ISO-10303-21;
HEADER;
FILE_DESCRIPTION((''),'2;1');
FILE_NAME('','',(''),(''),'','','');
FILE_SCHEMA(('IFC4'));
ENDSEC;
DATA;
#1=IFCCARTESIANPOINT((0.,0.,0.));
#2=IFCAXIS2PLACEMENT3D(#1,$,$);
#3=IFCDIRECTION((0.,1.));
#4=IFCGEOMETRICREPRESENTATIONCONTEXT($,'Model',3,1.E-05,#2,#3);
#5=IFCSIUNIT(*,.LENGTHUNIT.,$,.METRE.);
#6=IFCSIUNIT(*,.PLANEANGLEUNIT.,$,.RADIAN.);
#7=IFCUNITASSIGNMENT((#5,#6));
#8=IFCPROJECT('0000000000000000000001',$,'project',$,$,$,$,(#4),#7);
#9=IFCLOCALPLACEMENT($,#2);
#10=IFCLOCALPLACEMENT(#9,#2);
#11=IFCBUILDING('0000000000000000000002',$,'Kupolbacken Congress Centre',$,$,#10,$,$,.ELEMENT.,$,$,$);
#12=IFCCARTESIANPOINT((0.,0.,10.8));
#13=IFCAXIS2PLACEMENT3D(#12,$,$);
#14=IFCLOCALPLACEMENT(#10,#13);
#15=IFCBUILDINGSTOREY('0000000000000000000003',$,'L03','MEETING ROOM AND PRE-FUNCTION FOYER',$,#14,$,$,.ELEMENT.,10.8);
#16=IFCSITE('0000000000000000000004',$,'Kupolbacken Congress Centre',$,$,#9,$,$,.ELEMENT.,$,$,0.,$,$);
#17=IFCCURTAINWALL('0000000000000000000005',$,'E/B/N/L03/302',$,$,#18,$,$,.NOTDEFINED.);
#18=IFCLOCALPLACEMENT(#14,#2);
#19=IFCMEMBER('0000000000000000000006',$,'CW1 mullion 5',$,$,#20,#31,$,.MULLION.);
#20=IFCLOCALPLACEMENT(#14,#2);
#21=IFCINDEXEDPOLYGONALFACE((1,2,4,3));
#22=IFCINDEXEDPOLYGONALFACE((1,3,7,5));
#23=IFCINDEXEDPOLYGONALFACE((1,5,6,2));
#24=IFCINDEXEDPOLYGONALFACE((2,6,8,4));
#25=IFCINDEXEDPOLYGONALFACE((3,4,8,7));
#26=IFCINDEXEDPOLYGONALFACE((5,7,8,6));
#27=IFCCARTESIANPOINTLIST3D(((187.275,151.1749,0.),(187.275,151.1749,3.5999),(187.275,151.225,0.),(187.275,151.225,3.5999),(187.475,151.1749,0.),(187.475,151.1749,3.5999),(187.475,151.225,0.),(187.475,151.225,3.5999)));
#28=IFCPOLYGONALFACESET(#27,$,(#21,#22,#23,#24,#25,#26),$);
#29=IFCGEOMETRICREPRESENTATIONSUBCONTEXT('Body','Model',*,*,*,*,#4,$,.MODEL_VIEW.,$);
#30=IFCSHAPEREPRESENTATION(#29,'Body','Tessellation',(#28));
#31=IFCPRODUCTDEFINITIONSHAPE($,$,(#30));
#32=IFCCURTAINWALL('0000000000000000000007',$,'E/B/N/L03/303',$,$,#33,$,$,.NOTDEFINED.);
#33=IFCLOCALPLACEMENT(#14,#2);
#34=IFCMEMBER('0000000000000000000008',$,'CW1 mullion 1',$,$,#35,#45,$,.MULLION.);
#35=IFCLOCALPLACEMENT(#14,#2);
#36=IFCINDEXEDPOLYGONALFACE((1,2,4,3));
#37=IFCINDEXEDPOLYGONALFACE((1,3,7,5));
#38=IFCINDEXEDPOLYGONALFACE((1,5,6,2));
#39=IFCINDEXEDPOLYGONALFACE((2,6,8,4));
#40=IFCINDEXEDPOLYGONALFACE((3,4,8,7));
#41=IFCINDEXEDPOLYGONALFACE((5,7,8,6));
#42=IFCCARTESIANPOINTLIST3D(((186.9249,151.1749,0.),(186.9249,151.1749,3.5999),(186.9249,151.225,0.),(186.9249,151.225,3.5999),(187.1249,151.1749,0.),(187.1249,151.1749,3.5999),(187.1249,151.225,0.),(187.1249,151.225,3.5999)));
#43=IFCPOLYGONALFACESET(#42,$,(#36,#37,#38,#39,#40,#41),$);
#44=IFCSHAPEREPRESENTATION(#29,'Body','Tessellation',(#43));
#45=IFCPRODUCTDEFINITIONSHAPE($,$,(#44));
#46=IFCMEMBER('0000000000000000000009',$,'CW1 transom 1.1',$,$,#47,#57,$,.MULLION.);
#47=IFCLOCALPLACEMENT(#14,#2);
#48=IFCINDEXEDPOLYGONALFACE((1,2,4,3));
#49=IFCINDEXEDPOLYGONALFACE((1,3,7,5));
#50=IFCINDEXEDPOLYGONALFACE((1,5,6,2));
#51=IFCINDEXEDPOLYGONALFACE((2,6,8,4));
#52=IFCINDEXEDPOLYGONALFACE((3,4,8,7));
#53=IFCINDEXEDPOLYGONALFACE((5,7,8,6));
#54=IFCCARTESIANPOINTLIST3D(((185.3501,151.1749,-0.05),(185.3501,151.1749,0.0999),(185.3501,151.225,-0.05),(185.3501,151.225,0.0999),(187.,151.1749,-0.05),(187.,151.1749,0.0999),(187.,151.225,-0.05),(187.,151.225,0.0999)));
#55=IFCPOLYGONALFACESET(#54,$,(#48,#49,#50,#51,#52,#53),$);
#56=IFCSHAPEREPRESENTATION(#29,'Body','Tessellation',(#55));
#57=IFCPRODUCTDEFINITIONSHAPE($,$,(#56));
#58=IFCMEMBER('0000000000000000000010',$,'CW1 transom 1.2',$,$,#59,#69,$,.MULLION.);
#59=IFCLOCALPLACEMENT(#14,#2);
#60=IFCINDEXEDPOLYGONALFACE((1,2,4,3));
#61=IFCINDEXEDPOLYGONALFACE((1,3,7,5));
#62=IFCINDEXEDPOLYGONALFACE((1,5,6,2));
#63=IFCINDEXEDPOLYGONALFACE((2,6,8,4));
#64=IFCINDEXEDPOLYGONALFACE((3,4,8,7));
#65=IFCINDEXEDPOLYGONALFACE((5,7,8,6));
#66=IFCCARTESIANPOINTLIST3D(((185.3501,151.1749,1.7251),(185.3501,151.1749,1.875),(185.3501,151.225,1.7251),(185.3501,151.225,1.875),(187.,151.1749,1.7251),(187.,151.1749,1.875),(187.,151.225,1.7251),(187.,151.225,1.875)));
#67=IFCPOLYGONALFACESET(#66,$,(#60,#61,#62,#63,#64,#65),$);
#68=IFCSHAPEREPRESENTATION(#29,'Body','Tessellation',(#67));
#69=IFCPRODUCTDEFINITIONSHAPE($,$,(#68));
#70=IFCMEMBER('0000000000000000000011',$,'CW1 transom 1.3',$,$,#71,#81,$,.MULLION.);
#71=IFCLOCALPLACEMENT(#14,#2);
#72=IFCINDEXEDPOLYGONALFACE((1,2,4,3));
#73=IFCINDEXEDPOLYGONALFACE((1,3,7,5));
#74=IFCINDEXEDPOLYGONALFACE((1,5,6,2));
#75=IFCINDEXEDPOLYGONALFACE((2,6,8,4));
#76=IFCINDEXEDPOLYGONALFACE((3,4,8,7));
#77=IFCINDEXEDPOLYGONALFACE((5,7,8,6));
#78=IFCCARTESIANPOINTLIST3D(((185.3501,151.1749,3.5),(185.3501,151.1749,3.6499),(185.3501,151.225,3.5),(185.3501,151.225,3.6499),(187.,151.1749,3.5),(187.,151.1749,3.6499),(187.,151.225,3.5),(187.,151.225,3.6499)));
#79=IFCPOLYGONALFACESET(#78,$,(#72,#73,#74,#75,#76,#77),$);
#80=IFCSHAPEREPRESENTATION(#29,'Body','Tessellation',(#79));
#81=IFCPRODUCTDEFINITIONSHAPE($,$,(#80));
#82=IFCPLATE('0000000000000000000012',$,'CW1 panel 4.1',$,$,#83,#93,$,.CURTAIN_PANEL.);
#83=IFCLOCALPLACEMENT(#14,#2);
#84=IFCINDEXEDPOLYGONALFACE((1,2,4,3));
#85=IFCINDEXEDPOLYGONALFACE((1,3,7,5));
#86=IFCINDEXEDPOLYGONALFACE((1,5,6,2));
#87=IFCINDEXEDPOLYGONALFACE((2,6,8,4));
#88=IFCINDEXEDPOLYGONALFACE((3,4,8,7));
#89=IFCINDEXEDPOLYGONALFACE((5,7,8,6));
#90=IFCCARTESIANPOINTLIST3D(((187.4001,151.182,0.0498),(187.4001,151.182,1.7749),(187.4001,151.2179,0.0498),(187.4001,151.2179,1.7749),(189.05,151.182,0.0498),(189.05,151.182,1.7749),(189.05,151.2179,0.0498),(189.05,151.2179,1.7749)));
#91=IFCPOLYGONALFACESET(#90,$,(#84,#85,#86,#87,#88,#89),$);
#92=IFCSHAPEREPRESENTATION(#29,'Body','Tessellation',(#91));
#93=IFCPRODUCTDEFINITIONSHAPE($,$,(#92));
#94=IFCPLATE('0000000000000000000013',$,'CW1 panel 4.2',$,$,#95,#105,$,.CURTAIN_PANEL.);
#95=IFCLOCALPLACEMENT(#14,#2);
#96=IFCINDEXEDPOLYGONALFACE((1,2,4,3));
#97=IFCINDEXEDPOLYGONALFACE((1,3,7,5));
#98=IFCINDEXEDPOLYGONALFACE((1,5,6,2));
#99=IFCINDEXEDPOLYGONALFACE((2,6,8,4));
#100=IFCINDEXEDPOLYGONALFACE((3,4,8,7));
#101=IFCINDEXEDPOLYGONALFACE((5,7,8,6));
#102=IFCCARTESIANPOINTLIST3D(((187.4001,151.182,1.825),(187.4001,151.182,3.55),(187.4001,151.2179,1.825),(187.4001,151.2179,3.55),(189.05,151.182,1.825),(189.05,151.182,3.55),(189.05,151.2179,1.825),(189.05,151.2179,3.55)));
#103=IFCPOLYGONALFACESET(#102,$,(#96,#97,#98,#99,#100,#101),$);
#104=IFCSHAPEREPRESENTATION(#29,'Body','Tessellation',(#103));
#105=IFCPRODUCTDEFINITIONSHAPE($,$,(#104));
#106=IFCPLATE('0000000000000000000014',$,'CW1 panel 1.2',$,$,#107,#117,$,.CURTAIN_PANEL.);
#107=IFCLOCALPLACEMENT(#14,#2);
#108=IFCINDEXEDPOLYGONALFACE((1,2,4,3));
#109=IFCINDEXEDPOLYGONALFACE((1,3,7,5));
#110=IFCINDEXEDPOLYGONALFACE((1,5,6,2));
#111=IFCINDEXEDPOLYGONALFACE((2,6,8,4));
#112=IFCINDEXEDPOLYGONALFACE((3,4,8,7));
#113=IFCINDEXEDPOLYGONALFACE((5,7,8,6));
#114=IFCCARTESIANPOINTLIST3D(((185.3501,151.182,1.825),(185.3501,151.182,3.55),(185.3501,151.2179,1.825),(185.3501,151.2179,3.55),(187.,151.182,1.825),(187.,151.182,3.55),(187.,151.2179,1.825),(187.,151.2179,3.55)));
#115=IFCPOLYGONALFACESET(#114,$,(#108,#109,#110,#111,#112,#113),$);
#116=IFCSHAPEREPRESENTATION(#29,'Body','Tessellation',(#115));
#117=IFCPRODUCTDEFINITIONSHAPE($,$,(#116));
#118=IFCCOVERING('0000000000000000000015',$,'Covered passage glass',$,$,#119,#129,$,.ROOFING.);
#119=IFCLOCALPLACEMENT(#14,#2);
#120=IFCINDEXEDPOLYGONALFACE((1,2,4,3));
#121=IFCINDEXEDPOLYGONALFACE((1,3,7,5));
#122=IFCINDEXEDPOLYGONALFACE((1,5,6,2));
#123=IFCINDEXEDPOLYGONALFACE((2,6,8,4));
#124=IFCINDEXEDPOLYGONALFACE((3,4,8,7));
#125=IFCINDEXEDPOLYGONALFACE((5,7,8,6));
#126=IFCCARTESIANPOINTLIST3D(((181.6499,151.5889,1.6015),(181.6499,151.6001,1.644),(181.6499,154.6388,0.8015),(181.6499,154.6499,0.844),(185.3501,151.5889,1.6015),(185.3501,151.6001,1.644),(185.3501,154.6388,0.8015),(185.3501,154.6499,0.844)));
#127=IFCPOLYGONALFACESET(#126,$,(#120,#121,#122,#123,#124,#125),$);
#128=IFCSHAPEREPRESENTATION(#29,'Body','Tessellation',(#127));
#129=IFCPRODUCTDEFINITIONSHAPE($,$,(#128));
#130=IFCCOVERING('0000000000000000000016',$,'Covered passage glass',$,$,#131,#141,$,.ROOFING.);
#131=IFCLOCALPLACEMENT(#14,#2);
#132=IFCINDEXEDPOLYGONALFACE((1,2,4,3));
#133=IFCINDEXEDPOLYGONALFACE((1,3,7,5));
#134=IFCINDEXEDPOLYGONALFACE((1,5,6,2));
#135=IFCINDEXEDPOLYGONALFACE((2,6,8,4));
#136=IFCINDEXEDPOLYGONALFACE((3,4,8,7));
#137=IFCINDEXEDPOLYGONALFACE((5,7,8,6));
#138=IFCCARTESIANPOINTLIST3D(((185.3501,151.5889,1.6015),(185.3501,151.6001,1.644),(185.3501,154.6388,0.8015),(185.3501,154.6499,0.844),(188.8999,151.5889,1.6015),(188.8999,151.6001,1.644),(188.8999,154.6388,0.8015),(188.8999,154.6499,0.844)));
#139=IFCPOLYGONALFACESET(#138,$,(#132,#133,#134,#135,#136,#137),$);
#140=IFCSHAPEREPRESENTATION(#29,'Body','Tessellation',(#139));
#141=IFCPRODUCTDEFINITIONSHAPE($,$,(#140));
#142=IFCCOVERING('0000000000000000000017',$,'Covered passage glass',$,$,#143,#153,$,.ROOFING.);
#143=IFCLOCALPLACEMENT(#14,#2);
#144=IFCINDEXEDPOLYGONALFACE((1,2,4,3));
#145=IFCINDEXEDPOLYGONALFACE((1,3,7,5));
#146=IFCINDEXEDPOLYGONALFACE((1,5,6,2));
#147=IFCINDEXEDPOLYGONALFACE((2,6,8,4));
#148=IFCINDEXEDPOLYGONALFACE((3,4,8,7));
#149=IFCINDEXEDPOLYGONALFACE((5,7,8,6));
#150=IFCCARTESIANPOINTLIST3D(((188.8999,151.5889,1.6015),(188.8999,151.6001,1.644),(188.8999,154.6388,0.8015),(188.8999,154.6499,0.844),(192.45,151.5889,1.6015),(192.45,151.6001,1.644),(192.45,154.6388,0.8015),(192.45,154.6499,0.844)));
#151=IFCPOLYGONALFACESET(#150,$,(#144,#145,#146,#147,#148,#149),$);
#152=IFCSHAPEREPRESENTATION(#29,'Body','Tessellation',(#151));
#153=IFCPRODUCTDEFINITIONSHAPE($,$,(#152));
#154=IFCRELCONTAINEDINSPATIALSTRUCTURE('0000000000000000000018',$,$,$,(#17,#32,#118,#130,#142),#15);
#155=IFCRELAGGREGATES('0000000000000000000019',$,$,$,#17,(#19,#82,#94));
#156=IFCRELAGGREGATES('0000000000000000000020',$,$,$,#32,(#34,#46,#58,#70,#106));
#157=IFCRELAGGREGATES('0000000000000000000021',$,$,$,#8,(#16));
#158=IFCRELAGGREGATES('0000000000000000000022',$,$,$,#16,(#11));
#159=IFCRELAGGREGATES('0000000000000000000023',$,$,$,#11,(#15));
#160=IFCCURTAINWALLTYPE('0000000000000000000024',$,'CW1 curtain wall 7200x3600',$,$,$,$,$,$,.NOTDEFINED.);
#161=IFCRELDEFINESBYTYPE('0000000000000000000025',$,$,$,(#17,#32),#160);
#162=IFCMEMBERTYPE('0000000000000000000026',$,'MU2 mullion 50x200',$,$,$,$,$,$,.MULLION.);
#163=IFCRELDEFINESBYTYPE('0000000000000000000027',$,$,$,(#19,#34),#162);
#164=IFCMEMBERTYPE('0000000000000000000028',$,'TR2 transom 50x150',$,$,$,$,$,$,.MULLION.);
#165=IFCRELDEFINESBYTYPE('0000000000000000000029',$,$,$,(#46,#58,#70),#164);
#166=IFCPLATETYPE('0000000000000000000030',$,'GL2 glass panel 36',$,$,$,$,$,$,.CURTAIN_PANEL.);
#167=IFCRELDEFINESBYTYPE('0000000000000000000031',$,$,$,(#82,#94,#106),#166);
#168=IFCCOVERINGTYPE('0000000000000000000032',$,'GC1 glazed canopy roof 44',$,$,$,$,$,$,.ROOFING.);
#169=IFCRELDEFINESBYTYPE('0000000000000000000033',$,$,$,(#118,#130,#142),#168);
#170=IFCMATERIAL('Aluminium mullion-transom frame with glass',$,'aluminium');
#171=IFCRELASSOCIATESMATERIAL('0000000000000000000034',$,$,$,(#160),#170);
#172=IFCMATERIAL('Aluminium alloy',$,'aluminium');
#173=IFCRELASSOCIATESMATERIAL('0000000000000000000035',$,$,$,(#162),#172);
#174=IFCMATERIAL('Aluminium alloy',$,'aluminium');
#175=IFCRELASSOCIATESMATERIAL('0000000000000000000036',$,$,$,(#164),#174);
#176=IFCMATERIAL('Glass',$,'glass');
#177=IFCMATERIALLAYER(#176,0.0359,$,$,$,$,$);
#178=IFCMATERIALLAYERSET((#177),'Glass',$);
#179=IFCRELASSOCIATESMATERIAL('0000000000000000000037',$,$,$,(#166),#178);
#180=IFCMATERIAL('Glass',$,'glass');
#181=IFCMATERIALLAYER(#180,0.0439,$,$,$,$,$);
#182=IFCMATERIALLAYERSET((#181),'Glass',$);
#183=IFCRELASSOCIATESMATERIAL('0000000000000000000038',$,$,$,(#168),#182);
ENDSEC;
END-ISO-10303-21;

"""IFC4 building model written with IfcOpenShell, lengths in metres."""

from ifc_helpers import new_model, si_unit, direction, frame, origin, origin_2d, place, context, subcontext, project, spatial, polyline, rectangle, outline, extrude, material, layer, layer_set, material_profile, profile_set, type_object, element, aggregate, save


model = new_model("IFC4")

# Units and contexts
model_context = context("Model", 3, precision=1e-05, world=origin(), true_north=direction((0.0, 1.0)))
body_context = subcontext(model_context, "Body", "Model", "MODEL_VIEW")
ifc_project = project(units=[si_unit("LENGTHUNIT", "METRE"), si_unit("PLANEANGLEUNIT", "RADIAN")], contexts=[model_context])

# Site, building, storey
site_placement = place(None, origin())
site = spatial("IfcSite", under=ifc_project, at=site_placement, Name="Kupolbacken Congress Centre", CompositionType="ELEMENT", RefElevation=0.0)
building_placement = place(site_placement, origin())
building = spatial("IfcBuilding", under=site, at=building_placement, Name="Kupolbacken Congress Centre", CompositionType="ELEMENT")
storey_placement = place(building_placement, frame((0.0, 0.0, 10.8)))
storey = spatial("IfcBuildingStorey", under=building, at=storey_placement, Name="L03", Description="MEETING ROOM AND PRE-FUNCTION FOYER", CompositionType="ELEMENT", Elevation=10.8)

# Curtain wall, member
ifc_material_1 = material(Name="Aluminium mullion-transom frame with glass", Category="aluminium")
curtain_wall_type = type_object("IfcCurtainWallType", Name="CW1 curtain wall 7200x3600", PredefinedType="NOTDEFINED", material=ifc_material_1)
curtain_wall_1_placement = place(storey_placement, origin())
curtain_wall_1 = element("IfcCurtainWall", 1, at=curtain_wall_1_placement, inside=storey, type_object=curtain_wall_type, Name="E/B/N/L03/302", PredefinedType="NOTDEFINED")
ifc_material_2 = material(Name="Aluminium alloy", Category="aluminium")
ifc_material_profile_1 = material_profile(ifc_material_2, rectangle(XDim=0.05, YDim=0.2, at=origin_2d()), Name="50 x 200")
ifc_profile_set_1 = profile_set([ifc_material_profile_1], Name="Aluminium alloy")
member_type_1 = type_object("IfcMemberType", Name="MU2 mullion 50x200", PredefinedType="MULLION", material=ifc_profile_set_1)
member_1_placement = place(storey_placement, frame((187.375, 151.2, 0.0), z_axis=(0.0, 0.0, 1.0), x_axis=(0.0, -1.0, 0.0)))
member_1 = element("IfcMember", 2, at=member_1_placement, type_object=member_type_1, Name="CW1 mullion 5", PredefinedType="MULLION", context=body_context, shape_type="SweptSolid", body=[
    extrude(rectangle(XDim=0.05, YDim=0.2, at=origin_2d()), origin(), (0.0, 0.0, 1.0), 3.5999),
])

# Curtain wall, members
curtain_wall_2_placement = place(storey_placement, origin())
curtain_wall_2 = element("IfcCurtainWall", 3, at=curtain_wall_2_placement, inside=storey, type_object=curtain_wall_type, Name="E/B/N/L03/303", PredefinedType="NOTDEFINED")
member_2_placement = place(storey_placement, frame((187.0249, 151.2, 0.0), z_axis=(0.0, 0.0, 1.0), x_axis=(0.0, -1.0, 0.0)))
member_2 = element("IfcMember", 4, at=member_2_placement, type_object=member_type_1, Name="CW1 mullion 1", PredefinedType="MULLION", context=body_context, shape_type="SweptSolid", body=[
    extrude(rectangle(XDim=0.05, YDim=0.2, at=origin_2d()), origin(), (0.0, 0.0, 1.0), 3.5999),
])
ifc_material_3 = material(Name="Aluminium alloy", Category="aluminium")
ifc_material_profile_2 = material_profile(ifc_material_3, rectangle(XDim=0.05, YDim=0.1499, at=origin_2d()), Name="50 x 150")
ifc_profile_set_2 = profile_set([ifc_material_profile_2], Name="Aluminium alloy")
member_type_2 = type_object("IfcMemberType", Name="TR2 transom 50x150", PredefinedType="MULLION", material=ifc_profile_set_2)
member_3_placement = place(storey_placement, frame((187.0, 151.2, 0.0249), z_axis=(-1.0, 0.0, 0.0), x_axis=(0.0, -1.0, 0.0)))
member_3 = element("IfcMember", 5, at=member_3_placement, type_object=member_type_2, Name="CW1 transom 1.1", PredefinedType="MULLION", context=body_context, shape_type="SweptSolid", body=[
    extrude(rectangle(XDim=0.05, YDim=0.1499, at=origin_2d()), origin(), (0.0, 0.0, 1.0), 1.6499),
])
member_4_placement = place(storey_placement, frame((187.0, 151.2, 1.8), z_axis=(-1.0, 0.0, 0.0), x_axis=(0.0, -1.0, 0.0)))
member_4 = element("IfcMember", 6, at=member_4_placement, type_object=member_type_2, Name="CW1 transom 1.2", PredefinedType="MULLION", context=body_context, shape_type="SweptSolid", body=[
    extrude(rectangle(XDim=0.05, YDim=0.1499, at=origin_2d()), origin(), (0.0, 0.0, 1.0), 1.6499),
])
member_5_placement = place(storey_placement, frame((187.0, 151.2, 3.575), z_axis=(-1.0, 0.0, 0.0), x_axis=(0.0, -1.0, 0.0)))
member_5 = element("IfcMember", 7, at=member_5_placement, type_object=member_type_2, Name="CW1 transom 1.3", PredefinedType="MULLION", context=body_context, shape_type="SweptSolid", body=[
    extrude(rectangle(XDim=0.05, YDim=0.1499, at=origin_2d()), origin(), (0.0, 0.0, 1.0), 1.6499),
])

# Plates
ifc_material_4 = material(Name="Glass", Category="glass")
ifc_layer_1 = layer(ifc_material_4, 0.0359)
ifc_layer_set_1 = layer_set([ifc_layer_1], Name="Glass")
plate_type = type_object("IfcPlateType", Name="GL2 glass panel 36", PredefinedType="CURTAIN_PANEL", material=ifc_layer_set_1)
plate_1_placement = place(storey_placement, frame((188.2251, 151.2, 0.0498), z_axis=(0.0, 0.0, 1.0), x_axis=(-1.0, 0.0, 0.0)))
plate_1 = element("IfcPlate", 8, at=plate_1_placement, type_object=plate_type, Name="CW1 panel 4.1", PredefinedType="CURTAIN_PANEL", context=body_context, shape_type="SweptSolid", body=[
    extrude(rectangle(XDim=1.6499, YDim=0.0359, at=origin_2d()), origin(), (0.0, 0.0, 1.0), 1.7251),
])
plate_2_placement = place(storey_placement, frame((188.2251, 151.2, 1.825), z_axis=(0.0, 0.0, 1.0), x_axis=(-1.0, 0.0, 0.0)))
plate_2 = element("IfcPlate", 9, at=plate_2_placement, type_object=plate_type, Name="CW1 panel 4.2", PredefinedType="CURTAIN_PANEL", context=body_context, shape_type="SweptSolid", body=[
    extrude(rectangle(XDim=1.6499, YDim=0.0359, at=origin_2d()), origin(), (0.0, 0.0, 1.0), 1.7251),
])
aggregate(curtain_wall_1, [member_1, plate_1, plate_2])
plate_3_placement = place(storey_placement, frame((186.175, 151.2, 1.825), z_axis=(0.0, 0.0, 1.0), x_axis=(-1.0, 0.0, 0.0)))
plate_3 = element("IfcPlate", 10, at=plate_3_placement, type_object=plate_type, Name="CW1 panel 1.2", PredefinedType="CURTAIN_PANEL", context=body_context, shape_type="SweptSolid", body=[
    extrude(rectangle(XDim=1.6499, YDim=0.0359, at=origin_2d()), origin(), (0.0, 0.0, 1.0), 1.7251),
])
aggregate(curtain_wall_2, [member_2, member_3, member_4, member_5, plate_3])

# Coverings
ifc_material_5 = material(Name="Glass", Category="glass")
ifc_layer_2 = layer(ifc_material_5, 0.0439)
ifc_layer_set_2 = layer_set([ifc_layer_2], Name="Glass")
covering_type = type_object("IfcCoveringType", Name="GC1 glazed canopy roof 44", PredefinedType="ROOFING", material=ifc_layer_set_2)
covering_1_placement = place(storey_placement, frame((181.6499, 151.6001, 1.644), z_axis=(0.0, 0.253742, 0.967272), x_axis=(1.0, 0.0, 0.0)))
element("IfcCovering", 11, at=covering_1_placement, inside=storey, type_object=covering_type, Name="Covered passage glass", PredefinedType="ROOFING", context=body_context, shape_type="SweptSolid", body=[
    extrude(outline(polyline([(0.0, 0.0), (3.7002, 0.0), (3.7002, 3.153), (0.0, 3.153), (0.0, 0.0)])), origin(), (0.0, 0.0, -1.0), 0.0439),
])
covering_2_placement = place(storey_placement, frame((185.3501, 151.6001, 1.644), z_axis=(0.0, 0.253742, 0.967272), x_axis=(1.0, 0.0, 0.0)))
element("IfcCovering", 12, at=covering_2_placement, inside=storey, type_object=covering_type, Name="Covered passage glass", PredefinedType="ROOFING", context=body_context, shape_type="SweptSolid", body=[
    extrude(outline(polyline([(0.0, 0.0), (3.5498, 0.0), (3.5498, 3.153), (0.0, 3.153), (0.0, 0.0)])), origin(), (0.0, 0.0, -1.0), 0.0439),
])
covering_3_placement = place(storey_placement, frame((188.8999, 151.6001, 1.644), z_axis=(0.0, 0.253742, 0.967272), x_axis=(1.0, 0.0, 0.0)))
element("IfcCovering", 13, at=covering_3_placement, inside=storey, type_object=covering_type, Name="Covered passage glass", PredefinedType="ROOFING", context=body_context, shape_type="SweptSolid", body=[
    extrude(outline(polyline([(0.0, 0.0), (3.55, 0.0), (3.55, 3.153), (0.0, 3.153), (0.0, 0.0)])), origin(), (0.0, 0.0, -1.0), 0.0439),
])

save(model, "model.ifc")
